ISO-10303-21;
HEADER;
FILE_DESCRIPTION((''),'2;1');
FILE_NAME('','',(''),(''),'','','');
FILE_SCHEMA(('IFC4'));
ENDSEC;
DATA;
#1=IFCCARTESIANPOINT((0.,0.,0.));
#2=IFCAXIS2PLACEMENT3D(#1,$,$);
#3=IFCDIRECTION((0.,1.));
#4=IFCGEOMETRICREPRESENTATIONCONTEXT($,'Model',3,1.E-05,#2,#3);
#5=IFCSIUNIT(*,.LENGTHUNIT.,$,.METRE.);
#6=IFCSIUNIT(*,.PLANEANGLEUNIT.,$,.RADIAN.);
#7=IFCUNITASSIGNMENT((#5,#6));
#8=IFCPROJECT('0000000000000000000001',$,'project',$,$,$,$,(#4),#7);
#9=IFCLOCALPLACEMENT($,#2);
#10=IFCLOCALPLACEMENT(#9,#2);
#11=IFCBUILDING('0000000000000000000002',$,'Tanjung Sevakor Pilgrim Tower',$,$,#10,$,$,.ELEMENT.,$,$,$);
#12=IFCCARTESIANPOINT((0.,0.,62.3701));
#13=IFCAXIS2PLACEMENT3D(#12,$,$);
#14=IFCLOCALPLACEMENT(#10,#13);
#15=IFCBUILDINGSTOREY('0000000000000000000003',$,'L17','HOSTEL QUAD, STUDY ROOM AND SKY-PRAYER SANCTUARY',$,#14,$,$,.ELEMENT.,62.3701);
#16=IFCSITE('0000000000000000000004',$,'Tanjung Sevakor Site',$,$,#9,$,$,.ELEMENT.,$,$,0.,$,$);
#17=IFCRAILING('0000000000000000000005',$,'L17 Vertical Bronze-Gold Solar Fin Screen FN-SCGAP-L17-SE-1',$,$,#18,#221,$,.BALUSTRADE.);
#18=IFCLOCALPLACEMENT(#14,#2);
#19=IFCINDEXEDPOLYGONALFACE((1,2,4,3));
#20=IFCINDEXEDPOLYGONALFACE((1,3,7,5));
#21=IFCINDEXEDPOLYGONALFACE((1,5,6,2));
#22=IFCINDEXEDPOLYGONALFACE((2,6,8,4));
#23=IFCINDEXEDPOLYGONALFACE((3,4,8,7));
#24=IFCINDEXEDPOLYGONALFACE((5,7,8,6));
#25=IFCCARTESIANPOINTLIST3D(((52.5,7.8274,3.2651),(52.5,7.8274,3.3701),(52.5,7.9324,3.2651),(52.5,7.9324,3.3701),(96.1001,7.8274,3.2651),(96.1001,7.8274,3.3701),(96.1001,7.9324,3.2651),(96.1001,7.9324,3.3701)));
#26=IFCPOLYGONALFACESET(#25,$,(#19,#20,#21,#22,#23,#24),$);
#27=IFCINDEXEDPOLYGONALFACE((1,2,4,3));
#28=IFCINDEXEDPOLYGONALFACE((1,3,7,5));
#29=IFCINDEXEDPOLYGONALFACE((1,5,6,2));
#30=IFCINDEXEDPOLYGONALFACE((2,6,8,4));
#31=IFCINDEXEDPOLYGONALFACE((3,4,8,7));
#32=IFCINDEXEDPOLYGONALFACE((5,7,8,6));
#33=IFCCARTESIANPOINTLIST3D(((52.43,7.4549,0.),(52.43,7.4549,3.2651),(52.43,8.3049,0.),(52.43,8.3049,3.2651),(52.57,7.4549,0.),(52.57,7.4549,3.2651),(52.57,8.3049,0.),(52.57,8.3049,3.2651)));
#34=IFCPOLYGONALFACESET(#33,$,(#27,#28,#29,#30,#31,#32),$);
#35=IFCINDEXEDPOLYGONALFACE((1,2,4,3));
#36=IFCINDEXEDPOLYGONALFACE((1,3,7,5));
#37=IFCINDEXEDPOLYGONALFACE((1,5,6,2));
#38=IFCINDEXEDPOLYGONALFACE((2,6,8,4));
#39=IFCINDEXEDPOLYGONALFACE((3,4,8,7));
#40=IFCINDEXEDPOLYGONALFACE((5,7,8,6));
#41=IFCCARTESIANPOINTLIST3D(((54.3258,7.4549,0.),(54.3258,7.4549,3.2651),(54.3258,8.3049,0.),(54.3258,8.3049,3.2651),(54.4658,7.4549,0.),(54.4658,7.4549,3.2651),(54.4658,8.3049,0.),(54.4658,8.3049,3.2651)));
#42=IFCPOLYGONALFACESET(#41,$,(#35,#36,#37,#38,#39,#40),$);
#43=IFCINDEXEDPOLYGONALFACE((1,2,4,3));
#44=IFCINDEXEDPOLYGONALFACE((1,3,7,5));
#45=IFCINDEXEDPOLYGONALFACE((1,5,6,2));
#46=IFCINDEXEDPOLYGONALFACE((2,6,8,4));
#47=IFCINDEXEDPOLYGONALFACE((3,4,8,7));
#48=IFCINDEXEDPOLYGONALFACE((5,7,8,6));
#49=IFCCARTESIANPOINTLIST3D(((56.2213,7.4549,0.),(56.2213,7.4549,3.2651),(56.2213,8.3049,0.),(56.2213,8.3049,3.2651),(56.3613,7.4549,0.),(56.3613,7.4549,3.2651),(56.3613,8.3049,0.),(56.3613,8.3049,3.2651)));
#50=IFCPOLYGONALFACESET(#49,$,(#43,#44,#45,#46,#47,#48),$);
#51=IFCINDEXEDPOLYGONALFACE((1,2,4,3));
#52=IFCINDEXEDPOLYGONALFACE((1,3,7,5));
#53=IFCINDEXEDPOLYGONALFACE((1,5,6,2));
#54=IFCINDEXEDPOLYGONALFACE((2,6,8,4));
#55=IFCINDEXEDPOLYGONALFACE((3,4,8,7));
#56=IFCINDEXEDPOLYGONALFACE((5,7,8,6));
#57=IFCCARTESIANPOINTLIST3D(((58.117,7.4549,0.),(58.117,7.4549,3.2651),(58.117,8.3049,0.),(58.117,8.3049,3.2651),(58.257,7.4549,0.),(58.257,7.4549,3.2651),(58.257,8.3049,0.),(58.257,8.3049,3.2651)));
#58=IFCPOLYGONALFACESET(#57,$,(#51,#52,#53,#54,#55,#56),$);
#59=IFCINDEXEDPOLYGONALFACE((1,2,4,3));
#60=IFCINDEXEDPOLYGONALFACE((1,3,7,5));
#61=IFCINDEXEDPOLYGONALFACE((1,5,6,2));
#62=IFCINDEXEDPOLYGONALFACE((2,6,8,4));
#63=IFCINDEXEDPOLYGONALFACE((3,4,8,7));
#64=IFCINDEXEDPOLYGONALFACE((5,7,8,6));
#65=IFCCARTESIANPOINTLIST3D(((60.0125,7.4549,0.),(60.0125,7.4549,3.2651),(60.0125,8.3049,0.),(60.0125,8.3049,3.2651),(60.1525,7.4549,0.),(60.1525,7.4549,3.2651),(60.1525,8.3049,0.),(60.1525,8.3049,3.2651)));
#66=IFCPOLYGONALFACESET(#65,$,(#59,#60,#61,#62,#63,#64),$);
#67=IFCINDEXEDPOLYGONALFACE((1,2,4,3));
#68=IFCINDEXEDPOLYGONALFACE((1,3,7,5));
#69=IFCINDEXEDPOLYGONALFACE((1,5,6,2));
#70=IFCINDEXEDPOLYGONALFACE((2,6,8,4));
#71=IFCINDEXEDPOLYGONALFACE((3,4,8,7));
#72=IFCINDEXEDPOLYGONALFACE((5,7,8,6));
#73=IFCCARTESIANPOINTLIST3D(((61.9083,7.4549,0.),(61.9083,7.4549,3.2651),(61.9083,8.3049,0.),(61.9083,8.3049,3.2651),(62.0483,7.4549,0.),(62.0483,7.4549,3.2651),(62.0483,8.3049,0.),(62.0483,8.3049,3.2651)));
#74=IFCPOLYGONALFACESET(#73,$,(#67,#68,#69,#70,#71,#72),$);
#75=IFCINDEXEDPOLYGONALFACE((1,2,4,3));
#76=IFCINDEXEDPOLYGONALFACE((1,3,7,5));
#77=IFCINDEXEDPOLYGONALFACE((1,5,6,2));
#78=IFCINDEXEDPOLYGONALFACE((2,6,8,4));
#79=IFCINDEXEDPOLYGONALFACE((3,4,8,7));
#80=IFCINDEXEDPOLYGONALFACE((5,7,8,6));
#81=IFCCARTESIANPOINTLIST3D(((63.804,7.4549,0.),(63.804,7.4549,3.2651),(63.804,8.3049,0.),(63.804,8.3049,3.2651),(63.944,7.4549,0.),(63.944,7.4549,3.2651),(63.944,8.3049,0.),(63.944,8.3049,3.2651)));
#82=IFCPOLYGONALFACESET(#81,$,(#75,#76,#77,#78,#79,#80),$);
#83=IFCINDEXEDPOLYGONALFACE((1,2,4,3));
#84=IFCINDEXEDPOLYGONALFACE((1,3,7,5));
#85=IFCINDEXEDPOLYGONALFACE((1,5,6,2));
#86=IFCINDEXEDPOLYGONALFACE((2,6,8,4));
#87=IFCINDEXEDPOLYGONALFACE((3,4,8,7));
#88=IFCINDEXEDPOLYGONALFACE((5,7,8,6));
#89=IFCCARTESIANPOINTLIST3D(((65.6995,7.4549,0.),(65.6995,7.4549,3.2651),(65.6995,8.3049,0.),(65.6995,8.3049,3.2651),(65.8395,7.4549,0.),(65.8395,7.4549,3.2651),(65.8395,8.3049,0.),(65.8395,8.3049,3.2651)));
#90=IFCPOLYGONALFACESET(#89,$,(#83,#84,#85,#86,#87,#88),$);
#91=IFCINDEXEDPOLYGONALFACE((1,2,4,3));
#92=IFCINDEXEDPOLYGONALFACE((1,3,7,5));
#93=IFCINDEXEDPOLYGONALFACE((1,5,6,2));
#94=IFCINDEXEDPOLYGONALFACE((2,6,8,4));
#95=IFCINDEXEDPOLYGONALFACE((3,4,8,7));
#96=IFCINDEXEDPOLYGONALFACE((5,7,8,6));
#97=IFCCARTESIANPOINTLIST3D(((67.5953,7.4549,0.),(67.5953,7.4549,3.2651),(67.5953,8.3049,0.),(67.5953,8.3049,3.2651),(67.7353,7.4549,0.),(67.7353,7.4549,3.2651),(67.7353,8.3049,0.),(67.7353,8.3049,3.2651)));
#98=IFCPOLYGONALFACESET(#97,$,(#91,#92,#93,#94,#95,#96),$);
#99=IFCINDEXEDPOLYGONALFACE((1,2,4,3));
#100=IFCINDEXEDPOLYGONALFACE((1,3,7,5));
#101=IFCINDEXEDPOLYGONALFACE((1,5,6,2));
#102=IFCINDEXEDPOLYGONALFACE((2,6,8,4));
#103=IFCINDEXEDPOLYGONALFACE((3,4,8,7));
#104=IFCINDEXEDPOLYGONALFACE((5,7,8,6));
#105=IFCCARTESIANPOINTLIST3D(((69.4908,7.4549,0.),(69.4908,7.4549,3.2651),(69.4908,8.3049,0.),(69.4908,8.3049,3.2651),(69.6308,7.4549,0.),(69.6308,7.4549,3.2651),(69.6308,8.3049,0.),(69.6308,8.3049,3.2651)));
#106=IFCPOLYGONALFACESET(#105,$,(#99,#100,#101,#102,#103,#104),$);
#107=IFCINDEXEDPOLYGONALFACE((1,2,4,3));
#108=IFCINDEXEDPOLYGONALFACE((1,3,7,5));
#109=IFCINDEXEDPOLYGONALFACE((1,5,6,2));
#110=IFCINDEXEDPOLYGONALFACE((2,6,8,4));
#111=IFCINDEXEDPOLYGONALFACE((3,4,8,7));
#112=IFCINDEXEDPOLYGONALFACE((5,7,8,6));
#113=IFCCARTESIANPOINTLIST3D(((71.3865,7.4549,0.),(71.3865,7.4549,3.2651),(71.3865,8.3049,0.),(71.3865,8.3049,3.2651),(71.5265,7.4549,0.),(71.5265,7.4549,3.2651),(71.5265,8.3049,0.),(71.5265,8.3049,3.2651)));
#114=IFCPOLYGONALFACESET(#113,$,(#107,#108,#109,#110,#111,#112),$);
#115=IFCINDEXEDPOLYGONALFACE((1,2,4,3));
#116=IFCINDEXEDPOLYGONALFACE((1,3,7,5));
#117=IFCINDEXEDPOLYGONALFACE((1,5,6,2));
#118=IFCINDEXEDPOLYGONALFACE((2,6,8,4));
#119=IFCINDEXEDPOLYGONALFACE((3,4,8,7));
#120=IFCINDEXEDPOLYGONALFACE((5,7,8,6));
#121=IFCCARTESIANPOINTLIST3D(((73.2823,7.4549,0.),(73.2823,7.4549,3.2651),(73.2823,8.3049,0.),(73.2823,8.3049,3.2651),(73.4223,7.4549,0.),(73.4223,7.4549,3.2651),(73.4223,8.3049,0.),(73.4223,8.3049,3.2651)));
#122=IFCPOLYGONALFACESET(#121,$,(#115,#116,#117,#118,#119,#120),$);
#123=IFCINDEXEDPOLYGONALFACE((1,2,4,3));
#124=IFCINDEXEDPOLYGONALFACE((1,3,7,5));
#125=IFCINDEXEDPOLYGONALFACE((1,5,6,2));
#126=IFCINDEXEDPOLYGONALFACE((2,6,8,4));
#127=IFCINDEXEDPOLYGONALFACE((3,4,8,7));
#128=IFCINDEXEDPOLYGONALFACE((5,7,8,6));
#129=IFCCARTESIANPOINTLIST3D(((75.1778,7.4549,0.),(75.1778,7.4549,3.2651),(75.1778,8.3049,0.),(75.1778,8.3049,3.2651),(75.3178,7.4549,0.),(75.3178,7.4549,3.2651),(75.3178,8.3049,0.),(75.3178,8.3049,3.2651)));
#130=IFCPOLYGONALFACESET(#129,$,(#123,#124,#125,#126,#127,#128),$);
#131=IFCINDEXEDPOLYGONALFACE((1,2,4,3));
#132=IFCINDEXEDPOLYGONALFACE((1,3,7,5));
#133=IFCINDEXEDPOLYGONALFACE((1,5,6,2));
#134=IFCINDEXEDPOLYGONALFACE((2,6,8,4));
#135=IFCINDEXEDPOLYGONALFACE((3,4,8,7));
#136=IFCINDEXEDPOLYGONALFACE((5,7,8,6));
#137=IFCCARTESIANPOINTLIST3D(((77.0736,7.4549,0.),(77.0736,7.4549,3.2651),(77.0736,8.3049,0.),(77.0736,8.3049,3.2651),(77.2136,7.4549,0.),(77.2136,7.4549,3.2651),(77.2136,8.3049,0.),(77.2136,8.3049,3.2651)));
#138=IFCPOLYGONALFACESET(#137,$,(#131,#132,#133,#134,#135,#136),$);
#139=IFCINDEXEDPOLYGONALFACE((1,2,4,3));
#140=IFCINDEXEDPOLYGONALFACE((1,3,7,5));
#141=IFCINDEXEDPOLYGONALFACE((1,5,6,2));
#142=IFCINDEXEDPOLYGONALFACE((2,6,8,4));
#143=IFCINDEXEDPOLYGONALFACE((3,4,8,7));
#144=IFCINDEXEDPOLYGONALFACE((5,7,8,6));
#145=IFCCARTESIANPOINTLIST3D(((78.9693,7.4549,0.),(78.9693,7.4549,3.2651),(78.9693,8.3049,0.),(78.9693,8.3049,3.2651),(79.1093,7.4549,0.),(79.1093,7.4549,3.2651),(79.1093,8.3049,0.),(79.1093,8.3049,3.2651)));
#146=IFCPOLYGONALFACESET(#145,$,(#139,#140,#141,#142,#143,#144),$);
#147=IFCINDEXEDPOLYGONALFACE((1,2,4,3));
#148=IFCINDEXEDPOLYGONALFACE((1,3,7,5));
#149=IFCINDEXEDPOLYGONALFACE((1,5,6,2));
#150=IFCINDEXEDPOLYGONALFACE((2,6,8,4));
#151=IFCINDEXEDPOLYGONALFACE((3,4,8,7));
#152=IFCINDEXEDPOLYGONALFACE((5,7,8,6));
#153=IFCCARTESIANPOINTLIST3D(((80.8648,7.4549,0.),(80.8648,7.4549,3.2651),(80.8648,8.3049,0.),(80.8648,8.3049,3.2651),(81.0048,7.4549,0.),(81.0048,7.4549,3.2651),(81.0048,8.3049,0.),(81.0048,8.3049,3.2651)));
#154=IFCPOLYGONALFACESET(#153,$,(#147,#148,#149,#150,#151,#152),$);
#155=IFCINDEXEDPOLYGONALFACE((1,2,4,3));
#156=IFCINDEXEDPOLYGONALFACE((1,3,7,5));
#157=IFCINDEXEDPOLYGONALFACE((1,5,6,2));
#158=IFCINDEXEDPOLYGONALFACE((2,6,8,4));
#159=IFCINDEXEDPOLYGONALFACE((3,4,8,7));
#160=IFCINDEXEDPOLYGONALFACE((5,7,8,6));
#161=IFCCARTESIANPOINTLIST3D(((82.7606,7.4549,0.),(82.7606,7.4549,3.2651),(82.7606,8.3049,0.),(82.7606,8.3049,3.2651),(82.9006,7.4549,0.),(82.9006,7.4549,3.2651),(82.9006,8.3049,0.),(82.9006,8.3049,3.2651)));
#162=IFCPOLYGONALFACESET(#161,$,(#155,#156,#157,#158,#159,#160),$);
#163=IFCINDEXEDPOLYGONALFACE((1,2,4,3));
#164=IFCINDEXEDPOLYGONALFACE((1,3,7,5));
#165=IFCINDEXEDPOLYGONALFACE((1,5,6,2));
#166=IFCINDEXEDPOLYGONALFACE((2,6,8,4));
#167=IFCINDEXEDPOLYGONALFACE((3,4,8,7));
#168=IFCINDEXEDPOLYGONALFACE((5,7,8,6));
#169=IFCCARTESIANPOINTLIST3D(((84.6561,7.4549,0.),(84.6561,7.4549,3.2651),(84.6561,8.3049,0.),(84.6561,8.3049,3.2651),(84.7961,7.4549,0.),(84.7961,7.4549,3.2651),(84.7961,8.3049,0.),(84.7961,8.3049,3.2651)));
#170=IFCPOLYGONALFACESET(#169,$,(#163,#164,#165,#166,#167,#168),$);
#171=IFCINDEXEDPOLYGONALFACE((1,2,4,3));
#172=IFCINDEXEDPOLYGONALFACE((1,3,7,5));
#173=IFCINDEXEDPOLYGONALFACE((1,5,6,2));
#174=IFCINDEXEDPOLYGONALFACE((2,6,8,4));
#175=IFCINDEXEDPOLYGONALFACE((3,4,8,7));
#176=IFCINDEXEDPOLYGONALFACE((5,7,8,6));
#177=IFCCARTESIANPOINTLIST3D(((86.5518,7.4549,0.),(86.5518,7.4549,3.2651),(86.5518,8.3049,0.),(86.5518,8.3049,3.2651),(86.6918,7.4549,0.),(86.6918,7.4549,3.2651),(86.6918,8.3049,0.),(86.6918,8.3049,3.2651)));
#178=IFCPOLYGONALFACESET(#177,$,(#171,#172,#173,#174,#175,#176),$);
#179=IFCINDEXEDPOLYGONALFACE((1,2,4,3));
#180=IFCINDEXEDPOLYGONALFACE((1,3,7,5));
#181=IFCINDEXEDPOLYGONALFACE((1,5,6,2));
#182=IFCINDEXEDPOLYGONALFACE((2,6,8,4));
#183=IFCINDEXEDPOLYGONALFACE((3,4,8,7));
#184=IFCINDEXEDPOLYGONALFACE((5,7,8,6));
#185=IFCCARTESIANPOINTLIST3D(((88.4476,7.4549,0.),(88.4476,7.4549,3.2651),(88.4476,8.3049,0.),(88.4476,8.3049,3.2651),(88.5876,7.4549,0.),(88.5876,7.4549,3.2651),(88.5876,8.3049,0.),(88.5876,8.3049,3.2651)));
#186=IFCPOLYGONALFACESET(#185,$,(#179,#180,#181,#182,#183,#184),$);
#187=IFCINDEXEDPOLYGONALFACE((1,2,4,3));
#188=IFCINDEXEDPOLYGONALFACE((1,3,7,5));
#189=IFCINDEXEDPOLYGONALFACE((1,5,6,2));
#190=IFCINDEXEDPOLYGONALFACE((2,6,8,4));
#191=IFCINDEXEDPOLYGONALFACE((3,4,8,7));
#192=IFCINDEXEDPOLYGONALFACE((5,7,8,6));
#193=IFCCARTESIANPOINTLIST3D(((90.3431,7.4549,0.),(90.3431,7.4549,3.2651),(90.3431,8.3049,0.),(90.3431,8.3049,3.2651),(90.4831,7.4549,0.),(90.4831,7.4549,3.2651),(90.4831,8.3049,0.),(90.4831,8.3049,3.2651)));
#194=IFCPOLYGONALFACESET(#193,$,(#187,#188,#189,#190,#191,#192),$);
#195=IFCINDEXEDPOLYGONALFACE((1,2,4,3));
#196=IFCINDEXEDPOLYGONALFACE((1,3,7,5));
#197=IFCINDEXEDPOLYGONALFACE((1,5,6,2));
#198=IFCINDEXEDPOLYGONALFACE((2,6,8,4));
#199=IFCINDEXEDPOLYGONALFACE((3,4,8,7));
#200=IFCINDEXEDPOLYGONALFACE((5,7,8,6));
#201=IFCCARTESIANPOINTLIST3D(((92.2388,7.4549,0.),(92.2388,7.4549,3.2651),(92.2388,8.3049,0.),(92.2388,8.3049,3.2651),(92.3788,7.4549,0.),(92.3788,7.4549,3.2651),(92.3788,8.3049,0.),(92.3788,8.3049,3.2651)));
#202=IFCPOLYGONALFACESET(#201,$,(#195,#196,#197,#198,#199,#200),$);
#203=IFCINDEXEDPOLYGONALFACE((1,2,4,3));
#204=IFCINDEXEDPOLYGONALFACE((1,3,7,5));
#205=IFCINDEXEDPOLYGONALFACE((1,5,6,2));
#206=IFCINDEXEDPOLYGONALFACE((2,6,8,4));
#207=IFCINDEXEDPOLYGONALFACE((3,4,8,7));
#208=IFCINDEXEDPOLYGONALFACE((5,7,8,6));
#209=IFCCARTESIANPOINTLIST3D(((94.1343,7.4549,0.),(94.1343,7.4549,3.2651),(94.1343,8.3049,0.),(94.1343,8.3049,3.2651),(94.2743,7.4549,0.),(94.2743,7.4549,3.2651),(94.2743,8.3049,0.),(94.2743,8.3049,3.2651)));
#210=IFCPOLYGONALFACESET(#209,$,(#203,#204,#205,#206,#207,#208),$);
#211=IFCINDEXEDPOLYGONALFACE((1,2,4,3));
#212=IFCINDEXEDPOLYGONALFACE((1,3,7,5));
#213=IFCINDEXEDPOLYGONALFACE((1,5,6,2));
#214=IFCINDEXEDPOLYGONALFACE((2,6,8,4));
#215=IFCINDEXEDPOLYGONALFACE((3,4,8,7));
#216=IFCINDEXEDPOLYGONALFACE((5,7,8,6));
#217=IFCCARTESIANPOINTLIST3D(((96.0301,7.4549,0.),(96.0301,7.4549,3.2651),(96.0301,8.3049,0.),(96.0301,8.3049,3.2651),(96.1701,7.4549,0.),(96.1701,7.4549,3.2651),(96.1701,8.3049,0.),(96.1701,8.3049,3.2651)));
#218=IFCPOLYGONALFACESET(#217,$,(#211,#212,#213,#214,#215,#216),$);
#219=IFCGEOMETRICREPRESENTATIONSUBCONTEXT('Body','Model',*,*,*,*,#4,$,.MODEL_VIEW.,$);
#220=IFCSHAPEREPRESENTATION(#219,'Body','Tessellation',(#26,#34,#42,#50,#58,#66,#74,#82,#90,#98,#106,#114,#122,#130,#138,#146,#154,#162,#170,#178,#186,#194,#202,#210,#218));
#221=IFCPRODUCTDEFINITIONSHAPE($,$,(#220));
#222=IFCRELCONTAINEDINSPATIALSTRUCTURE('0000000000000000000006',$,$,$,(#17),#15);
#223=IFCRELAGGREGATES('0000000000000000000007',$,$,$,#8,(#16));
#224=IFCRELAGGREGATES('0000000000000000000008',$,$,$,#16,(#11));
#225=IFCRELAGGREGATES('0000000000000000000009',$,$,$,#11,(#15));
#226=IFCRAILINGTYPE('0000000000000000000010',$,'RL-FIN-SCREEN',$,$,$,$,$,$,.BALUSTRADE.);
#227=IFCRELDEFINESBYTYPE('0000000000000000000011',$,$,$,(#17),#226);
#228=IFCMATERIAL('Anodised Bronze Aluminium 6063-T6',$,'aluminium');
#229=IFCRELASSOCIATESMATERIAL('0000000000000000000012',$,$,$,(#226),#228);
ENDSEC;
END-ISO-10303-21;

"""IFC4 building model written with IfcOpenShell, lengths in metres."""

from ifc_helpers import new_model, si_unit, direction, frame, origin, place, context, subcontext, project, spatial, rectangle, extrude, material, type_object, element, save


model = new_model("IFC4")

# Units and contexts
model_context = context("Model", 3, precision=1e-05, world=origin(), true_north=direction((0.0, 1.0)))
body_context = subcontext(model_context, "Body", "Model", "MODEL_VIEW")
ifc_project = project(units=[si_unit("LENGTHUNIT", "METRE"), si_unit("PLANEANGLEUNIT", "RADIAN")], contexts=[model_context])

# Site, building, storey
site_placement = place(None, origin())
site = spatial("IfcSite", under=ifc_project, at=site_placement, Name="Tanjung Sevakor Site", CompositionType="ELEMENT", RefElevation=0.0)
building_placement = place(site_placement, origin())
building = spatial("IfcBuilding", under=site, at=building_placement, Name="Tanjung Sevakor Pilgrim Tower", CompositionType="ELEMENT")
storey_placement = place(building_placement, frame((0.0, 0.0, 62.3701)))
storey = spatial("IfcBuildingStorey", under=building, at=storey_placement, Name="L17", Description="HOSTEL QUAD, STUDY ROOM AND SKY-PRAYER SANCTUARY", CompositionType="ELEMENT", Elevation=62.3701)

# Railing
ifc_material_1 = material(Name="Anodised Bronze Aluminium 6063-T6", Category="aluminium")
railing_type = type_object("IfcRailingType", Name="RL-FIN-SCREEN", PredefinedType="BALUSTRADE", material=ifc_material_1)
railing_placement = place(storey_placement, frame((52.5, 7.8799, 0.0)))
element("IfcRailing", 1, at=railing_placement, inside=storey, type_object=railing_type, Name="L17 Vertical Bronze-Gold Solar Fin Screen FN-SCGAP-L17-SE-1", PredefinedType="BALUSTRADE", context=body_context, shape_type="SweptSolid", body=[
    extrude(rectangle(XDim=0.105, YDim=0.105), frame((0.0, 0.0, 3.3176), z_axis=(1.0, 0.0, 0.0), x_axis=(0.0, 1.0, 0.0)), (0.0, 0.0, 1.0), 43.6001),
    extrude(rectangle(XDim=0.14, YDim=0.85), origin(), (0.0, 0.0, 1.0), 3.2651),
    extrude(rectangle(XDim=0.14, YDim=0.85), frame((1.8958, 0.0, 0.0)), (0.0, 0.0, 1.0), 3.2651),
    extrude(rectangle(XDim=0.14, YDim=0.85), frame((3.7913, 0.0, 0.0)), (0.0, 0.0, 1.0), 3.2651),
    extrude(rectangle(XDim=0.14, YDim=0.85), frame((5.687, 0.0, 0.0)), (0.0, 0.0, 1.0), 3.2651),
    extrude(rectangle(XDim=0.14, YDim=0.85), frame((7.5825, 0.0, 0.0)), (0.0, 0.0, 1.0), 3.2651),
    extrude(rectangle(XDim=0.14, YDim=0.85), frame((9.4783, 0.0, 0.0)), (0.0, 0.0, 1.0), 3.2651),
    extrude(rectangle(XDim=0.14, YDim=0.85), frame((11.374, 0.0, 0.0)), (0.0, 0.0, 1.0), 3.2651),
    extrude(rectangle(XDim=0.14, YDim=0.85), frame((13.2695, 0.0, 0.0)), (0.0, 0.0, 1.0), 3.2651),
    extrude(rectangle(XDim=0.14, YDim=0.85), frame((15.1653, 0.0, 0.0)), (0.0, 0.0, 1.0), 3.2651),
    extrude(rectangle(XDim=0.14, YDim=0.85), frame((17.0608, 0.0, 0.0)), (0.0, 0.0, 1.0), 3.2651),
    extrude(rectangle(XDim=0.14, YDim=0.85), frame((18.9565, 0.0, 0.0)), (0.0, 0.0, 1.0), 3.2651),
    extrude(rectangle(XDim=0.14, YDim=0.85), frame((20.8523, 0.0, 0.0)), (0.0, 0.0, 1.0), 3.2651),
    extrude(rectangle(XDim=0.14, YDim=0.85), frame((22.7478, 0.0, 0.0)), (0.0, 0.0, 1.0), 3.2651),
    extrude(rectangle(XDim=0.14, YDim=0.85), frame((24.6436, 0.0, 0.0)), (0.0, 0.0, 1.0), 3.2651),
    extrude(rectangle(XDim=0.14, YDim=0.85), frame((26.5393, 0.0, 0.0)), (0.0, 0.0, 1.0), 3.2651),
    extrude(rectangle(XDim=0.14, YDim=0.85), frame((28.4348, 0.0, 0.0)), (0.0, 0.0, 1.0), 3.2651),
    extrude(rectangle(XDim=0.14, YDim=0.85), frame((30.3306, 0.0, 0.0)), (0.0, 0.0, 1.0), 3.2651),
    extrude(rectangle(XDim=0.14, YDim=0.85), frame((32.2261, 0.0, 0.0)), (0.0, 0.0, 1.0), 3.2651),
    extrude(rectangle(XDim=0.14, YDim=0.85), frame((34.1218, 0.0, 0.0)), (0.0, 0.0, 1.0), 3.2651),
    extrude(rectangle(XDim=0.14, YDim=0.85), frame((36.0176, 0.0, 0.0)), (0.0, 0.0, 1.0), 3.2651),
    extrude(rectangle(XDim=0.14, YDim=0.85), frame((37.9131, 0.0, 0.0)), (0.0, 0.0, 1.0), 3.2651),
    extrude(rectangle(XDim=0.14, YDim=0.85), frame((39.8088, 0.0, 0.0)), (0.0, 0.0, 1.0), 3.2651),
    extrude(rectangle(XDim=0.14, YDim=0.85), frame((41.7043, 0.0, 0.0)), (0.0, 0.0, 1.0), 3.2651),
    extrude(rectangle(XDim=0.14, YDim=0.85), frame((43.6001, 0.0, 0.0)), (0.0, 0.0, 1.0), 3.2651),
])

save(model, "model.ifc")
